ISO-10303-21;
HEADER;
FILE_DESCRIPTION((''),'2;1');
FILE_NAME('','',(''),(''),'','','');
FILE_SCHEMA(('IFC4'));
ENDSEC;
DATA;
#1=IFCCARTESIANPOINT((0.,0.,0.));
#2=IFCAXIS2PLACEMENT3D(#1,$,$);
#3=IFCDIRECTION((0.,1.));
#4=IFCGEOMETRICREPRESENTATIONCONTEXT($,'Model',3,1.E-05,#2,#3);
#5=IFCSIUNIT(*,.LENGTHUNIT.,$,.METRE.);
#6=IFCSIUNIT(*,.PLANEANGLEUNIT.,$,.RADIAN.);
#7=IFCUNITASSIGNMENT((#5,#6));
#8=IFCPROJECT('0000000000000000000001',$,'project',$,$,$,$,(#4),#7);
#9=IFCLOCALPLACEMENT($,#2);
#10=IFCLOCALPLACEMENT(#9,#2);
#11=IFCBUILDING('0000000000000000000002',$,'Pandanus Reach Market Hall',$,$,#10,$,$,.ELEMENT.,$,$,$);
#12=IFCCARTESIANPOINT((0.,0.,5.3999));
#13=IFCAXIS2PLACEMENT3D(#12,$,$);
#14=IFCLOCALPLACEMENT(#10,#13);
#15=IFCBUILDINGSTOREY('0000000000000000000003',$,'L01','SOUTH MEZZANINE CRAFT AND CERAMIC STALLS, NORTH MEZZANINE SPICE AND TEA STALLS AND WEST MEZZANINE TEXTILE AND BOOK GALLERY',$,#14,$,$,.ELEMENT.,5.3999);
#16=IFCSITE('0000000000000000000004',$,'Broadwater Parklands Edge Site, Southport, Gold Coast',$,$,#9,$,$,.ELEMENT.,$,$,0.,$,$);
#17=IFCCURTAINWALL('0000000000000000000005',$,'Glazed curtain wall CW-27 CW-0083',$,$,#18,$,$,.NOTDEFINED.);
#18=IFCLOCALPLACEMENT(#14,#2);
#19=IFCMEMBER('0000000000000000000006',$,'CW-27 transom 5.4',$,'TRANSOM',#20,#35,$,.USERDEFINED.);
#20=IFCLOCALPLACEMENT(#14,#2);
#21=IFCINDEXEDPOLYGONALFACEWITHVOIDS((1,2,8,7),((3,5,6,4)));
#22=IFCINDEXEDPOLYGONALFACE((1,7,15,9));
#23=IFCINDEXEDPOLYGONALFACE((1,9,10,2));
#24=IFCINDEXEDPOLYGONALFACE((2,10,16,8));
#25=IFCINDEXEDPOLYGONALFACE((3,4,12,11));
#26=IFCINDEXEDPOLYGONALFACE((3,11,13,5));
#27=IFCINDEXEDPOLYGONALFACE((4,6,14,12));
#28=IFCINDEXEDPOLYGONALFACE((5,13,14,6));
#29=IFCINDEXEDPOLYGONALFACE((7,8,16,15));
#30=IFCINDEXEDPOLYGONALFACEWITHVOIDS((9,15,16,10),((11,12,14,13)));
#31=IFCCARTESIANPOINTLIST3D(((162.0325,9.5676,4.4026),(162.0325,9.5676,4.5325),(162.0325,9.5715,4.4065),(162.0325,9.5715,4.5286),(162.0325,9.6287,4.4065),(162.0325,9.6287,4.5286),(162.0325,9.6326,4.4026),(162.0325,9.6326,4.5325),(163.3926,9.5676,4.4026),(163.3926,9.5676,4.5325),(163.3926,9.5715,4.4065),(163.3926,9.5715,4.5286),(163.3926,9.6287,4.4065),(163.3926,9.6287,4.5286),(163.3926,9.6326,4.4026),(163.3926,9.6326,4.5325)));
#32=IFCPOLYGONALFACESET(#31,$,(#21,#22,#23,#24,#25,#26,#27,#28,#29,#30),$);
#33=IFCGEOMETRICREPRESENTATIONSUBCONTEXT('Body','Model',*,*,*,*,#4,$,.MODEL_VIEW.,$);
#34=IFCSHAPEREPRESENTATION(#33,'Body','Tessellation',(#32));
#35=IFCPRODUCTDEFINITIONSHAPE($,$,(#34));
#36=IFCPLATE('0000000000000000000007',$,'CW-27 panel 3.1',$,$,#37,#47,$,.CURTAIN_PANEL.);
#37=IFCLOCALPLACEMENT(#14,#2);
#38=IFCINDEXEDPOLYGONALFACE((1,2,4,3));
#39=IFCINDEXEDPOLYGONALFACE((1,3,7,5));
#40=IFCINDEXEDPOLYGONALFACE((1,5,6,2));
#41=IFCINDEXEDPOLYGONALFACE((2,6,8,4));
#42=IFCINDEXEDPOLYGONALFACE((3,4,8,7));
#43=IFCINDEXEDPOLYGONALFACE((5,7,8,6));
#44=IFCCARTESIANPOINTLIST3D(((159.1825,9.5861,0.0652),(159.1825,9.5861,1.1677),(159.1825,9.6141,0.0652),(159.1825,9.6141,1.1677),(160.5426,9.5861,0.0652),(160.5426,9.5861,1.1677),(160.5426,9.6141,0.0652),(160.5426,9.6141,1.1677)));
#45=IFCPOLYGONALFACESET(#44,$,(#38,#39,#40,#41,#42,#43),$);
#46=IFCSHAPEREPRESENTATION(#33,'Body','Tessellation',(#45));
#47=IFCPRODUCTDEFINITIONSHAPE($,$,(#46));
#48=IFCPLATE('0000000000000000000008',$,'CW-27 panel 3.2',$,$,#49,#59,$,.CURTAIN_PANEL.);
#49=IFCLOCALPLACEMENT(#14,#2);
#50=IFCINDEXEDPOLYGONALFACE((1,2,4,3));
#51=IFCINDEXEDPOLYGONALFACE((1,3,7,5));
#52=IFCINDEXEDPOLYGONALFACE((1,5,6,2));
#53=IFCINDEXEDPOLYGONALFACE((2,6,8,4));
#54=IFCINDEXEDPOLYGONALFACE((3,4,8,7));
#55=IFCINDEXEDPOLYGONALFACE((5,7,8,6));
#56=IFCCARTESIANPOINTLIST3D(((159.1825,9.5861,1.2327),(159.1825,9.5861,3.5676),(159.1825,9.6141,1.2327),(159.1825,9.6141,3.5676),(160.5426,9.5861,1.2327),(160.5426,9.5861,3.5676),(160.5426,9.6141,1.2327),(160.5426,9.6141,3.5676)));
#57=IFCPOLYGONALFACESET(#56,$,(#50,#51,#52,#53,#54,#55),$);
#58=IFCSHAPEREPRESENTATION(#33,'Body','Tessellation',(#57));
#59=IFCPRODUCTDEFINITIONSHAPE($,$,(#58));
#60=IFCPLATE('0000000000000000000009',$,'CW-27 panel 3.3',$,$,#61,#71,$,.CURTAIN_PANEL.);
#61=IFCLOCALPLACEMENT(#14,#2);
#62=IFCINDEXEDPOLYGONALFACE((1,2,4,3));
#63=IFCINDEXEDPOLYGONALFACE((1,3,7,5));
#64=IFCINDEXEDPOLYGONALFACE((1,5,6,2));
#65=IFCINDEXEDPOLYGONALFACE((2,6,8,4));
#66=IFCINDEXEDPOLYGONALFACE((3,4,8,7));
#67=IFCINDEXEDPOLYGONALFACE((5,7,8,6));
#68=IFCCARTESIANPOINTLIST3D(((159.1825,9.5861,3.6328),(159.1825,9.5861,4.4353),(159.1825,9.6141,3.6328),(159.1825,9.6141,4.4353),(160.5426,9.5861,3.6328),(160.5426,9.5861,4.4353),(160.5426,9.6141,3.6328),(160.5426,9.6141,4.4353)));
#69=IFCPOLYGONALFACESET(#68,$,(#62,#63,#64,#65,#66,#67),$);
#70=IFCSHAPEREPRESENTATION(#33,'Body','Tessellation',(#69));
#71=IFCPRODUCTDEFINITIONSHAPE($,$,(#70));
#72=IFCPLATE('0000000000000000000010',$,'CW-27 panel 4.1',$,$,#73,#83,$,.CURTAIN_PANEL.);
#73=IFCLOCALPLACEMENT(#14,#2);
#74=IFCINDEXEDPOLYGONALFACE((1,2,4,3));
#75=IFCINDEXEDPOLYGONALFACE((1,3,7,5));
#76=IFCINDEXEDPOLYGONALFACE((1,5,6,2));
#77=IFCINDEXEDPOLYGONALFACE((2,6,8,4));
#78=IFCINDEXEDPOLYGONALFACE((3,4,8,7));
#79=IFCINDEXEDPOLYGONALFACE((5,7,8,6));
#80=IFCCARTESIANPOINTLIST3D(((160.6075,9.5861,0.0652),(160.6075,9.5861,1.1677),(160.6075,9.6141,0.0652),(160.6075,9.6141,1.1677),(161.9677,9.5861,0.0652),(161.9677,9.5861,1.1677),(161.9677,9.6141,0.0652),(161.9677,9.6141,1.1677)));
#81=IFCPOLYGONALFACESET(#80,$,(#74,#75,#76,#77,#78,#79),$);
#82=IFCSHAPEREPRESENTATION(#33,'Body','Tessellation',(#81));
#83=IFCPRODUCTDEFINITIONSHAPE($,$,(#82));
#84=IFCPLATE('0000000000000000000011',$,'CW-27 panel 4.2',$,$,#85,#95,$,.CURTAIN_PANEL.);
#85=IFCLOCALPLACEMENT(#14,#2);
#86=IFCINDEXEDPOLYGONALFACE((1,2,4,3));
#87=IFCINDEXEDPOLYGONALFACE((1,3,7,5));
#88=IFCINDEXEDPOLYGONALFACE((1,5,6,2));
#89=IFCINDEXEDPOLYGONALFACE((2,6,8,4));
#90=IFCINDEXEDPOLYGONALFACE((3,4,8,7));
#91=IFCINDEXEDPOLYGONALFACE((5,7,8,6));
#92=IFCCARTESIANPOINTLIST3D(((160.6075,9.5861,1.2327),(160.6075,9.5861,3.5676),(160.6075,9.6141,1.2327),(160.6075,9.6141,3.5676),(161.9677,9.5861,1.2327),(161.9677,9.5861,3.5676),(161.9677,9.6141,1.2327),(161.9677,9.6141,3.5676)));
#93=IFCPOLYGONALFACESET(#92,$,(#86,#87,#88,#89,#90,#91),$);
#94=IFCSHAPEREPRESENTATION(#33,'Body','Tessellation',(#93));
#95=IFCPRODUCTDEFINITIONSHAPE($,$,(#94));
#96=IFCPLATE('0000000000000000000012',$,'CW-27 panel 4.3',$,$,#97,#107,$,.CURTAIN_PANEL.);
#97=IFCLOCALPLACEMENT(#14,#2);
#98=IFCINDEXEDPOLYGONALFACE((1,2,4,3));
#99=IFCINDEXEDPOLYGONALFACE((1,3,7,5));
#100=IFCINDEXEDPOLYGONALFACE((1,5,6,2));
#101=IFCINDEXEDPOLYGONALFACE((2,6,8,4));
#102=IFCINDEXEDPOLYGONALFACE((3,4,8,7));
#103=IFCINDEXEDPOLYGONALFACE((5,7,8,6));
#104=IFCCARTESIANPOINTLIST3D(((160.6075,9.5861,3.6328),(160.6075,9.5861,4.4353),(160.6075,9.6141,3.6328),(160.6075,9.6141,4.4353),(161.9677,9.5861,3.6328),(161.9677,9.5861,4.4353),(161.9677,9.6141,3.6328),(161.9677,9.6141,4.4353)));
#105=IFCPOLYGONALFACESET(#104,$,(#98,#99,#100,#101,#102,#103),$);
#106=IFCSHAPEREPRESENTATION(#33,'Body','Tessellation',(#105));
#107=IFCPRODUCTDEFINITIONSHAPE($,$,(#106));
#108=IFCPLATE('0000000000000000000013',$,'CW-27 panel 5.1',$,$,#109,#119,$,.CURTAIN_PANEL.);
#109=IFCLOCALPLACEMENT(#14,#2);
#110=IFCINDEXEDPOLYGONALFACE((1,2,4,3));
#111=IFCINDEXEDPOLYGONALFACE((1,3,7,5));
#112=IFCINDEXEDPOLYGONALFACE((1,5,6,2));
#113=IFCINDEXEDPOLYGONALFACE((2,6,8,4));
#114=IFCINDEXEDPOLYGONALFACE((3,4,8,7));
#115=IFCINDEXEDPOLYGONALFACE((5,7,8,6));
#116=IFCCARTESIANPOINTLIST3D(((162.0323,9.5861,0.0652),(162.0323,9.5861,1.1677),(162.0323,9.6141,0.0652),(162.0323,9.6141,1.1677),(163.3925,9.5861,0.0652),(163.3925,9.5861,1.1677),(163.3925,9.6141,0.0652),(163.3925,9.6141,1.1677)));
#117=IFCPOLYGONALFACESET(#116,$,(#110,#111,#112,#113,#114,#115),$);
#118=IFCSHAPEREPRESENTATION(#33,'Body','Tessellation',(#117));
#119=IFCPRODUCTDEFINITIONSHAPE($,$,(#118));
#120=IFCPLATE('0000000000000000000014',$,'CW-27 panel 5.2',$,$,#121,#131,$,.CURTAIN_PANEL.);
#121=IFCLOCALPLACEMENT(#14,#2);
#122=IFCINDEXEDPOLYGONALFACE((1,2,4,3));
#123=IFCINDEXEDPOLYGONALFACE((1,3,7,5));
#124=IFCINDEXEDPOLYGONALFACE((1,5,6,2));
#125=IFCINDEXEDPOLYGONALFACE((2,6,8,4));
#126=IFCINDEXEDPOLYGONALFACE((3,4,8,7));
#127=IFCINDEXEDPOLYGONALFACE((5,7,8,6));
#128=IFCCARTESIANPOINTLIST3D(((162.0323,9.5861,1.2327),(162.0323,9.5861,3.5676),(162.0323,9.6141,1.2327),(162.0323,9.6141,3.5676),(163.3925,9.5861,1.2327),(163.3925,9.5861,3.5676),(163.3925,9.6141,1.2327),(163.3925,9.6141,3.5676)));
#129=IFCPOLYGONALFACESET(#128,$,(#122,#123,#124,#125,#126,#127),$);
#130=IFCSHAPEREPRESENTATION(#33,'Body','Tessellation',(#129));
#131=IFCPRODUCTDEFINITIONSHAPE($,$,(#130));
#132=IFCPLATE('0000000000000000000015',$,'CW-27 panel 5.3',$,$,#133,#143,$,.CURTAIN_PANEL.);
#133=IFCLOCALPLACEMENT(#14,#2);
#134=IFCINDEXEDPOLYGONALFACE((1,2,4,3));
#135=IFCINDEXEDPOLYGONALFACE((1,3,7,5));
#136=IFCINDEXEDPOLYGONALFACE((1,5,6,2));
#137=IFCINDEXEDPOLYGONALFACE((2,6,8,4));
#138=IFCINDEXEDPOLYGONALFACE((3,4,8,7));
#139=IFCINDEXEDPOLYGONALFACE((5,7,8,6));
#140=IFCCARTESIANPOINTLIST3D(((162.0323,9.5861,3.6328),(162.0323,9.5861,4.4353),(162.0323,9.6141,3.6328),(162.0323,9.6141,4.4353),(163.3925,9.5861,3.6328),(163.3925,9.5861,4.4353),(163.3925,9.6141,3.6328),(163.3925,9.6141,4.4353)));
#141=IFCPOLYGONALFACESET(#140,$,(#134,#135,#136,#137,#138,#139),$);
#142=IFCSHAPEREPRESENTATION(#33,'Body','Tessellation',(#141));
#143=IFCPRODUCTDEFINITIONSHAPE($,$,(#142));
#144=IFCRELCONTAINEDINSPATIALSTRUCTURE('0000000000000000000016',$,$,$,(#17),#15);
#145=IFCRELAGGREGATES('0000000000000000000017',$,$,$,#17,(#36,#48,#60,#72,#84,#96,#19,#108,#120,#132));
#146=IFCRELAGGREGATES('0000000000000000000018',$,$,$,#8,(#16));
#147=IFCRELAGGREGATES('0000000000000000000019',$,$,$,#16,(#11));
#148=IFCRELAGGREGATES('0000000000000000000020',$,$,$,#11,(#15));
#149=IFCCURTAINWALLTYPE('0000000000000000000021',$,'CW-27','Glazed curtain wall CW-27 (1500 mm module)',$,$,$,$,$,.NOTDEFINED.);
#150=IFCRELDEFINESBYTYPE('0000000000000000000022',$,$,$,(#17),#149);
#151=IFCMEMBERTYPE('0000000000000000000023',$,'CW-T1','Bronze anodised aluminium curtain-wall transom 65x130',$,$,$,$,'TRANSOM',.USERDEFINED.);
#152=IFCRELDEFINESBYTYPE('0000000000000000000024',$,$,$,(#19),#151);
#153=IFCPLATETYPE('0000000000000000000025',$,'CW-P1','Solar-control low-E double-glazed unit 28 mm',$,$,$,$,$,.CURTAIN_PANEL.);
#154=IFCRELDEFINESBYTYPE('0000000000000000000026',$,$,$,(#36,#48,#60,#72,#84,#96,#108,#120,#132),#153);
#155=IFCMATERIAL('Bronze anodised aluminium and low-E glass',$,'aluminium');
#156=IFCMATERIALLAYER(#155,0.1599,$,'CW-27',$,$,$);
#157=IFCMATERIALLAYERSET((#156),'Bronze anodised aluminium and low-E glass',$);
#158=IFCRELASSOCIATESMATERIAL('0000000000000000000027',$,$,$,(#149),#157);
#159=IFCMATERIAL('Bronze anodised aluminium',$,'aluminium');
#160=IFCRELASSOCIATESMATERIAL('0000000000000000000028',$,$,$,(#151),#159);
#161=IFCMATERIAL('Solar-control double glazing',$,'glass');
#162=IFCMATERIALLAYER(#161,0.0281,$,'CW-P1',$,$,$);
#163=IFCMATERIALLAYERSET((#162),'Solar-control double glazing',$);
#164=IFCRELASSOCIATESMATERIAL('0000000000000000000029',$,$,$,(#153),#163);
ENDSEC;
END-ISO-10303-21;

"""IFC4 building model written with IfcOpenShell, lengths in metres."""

from ifc_helpers import new_model, si_unit, direction, frame, origin, origin_2d, place, context, subcontext, project, spatial, rectangle, hollow_rectangle, extrude, material, layer, layer_set, material_profile, profile_set, type_object, element, aggregate, save


model = new_model("IFC4")

# Units and contexts
model_context = context("Model", 3, precision=1e-05, world=origin(), true_north=direction((0.0, 1.0)))
body_context = subcontext(model_context, "Body", "Model", "MODEL_VIEW")
ifc_project = project(units=[si_unit("LENGTHUNIT", "METRE"), si_unit("PLANEANGLEUNIT", "RADIAN")], contexts=[model_context])

# Site, building, storey
site_placement = place(None, origin())
site = spatial("IfcSite", under=ifc_project, at=site_placement, Name="Broadwater Parklands Edge Site, Southport, Gold Coast", CompositionType="ELEMENT", RefElevation=0.0)
building_placement = place(site_placement, origin())
building = spatial("IfcBuilding", under=site, at=building_placement, Name="Pandanus Reach Market Hall", CompositionType="ELEMENT")
storey_placement = place(building_placement, frame((0.0, 0.0, 5.3999)))
storey = spatial("IfcBuildingStorey", under=building, at=storey_placement, Name="L01", Description="SOUTH MEZZANINE CRAFT AND CERAMIC STALLS, NORTH MEZZANINE SPICE AND TEA STALLS AND WEST MEZZANINE TEXTILE AND BOOK GALLERY", CompositionType="ELEMENT", Elevation=5.3999)

# Curtain wall, member, plates
ifc_material_1 = material(Name="Bronze anodised aluminium and low-E glass", Category="aluminium")
ifc_layer_1 = layer(ifc_material_1, 0.1599, Name="CW-27")
ifc_layer_set_1 = layer_set([ifc_layer_1], Name="Bronze anodised aluminium and low-E glass")
curtain_wall_type = type_object("IfcCurtainWallType", Name="CW-27", Description="Glazed curtain wall CW-27 (1500 mm module)", PredefinedType="NOTDEFINED", material=ifc_layer_set_1)
curtain_wall_placement = place(storey_placement, origin())
curtain_wall = element("IfcCurtainWall", 1, at=curtain_wall_placement, inside=storey, type_object=curtain_wall_type, Name="Glazed curtain wall CW-27 CW-0083", PredefinedType="NOTDEFINED")
ifc_material_2 = material(Name="Bronze anodised aluminium", Category="aluminium")
ifc_material_profile_1 = material_profile(ifc_material_2, hollow_rectangle(XDim=0.0649, YDim=0.1299, WallThickness=0.0039, at=origin_2d()), Name="ALU65x130", Category="LoadBearing")
ifc_profile_set_1 = profile_set([ifc_material_profile_1], Name="Bronze anodised aluminium")
member_type_1 = type_object("IfcMemberType", Name="CW-T1", Description="Bronze anodised aluminium curtain-wall transom 65x130", ElementType="TRANSOM", PredefinedType="USERDEFINED", material=ifc_profile_set_1)
member_1_placement = place(storey_placement, frame((162.0325, 9.6001, 4.4675), z_axis=(1.0, 0.0, 0.0), x_axis=(0.0, 1.0, 0.0)))
member_1 = element("IfcMember", 2, at=member_1_placement, type_object=member_type_1, Name="CW-27 transom 5.4", ObjectType="TRANSOM", PredefinedType="USERDEFINED", context=body_context, shape_type="SweptSolid", body=[
    extrude(hollow_rectangle(XDim=0.0649, YDim=0.1299, WallThickness=0.0039, at=origin_2d()), origin(), (0.0, 0.0, 1.0), 1.3601),
])
ifc_material_3 = material(Name="Solar-control double glazing", Category="glass")
ifc_layer_2 = layer(ifc_material_3, 0.0281, Name="CW-P1")
ifc_layer_set_2 = layer_set([ifc_layer_2], Name="Solar-control double glazing")
plate_type = type_object("IfcPlateType", Name="CW-P1", Description="Solar-control low-E double-glazed unit 28 mm", PredefinedType="CURTAIN_PANEL", material=ifc_layer_set_2)
plate_1_placement = place(storey_placement, frame((159.8625, 9.6001, 0.0652), z_axis=(0.0, 0.0, 1.0), x_axis=(1.0, 0.0, 0.0)))
plate_1 = element("IfcPlate", 3, at=plate_1_placement, type_object=plate_type, Name="CW-27 panel 3.1", PredefinedType="CURTAIN_PANEL", context=body_context, shape_type="SweptSolid", body=[
    extrude(rectangle(XDim=1.3601, YDim=0.0281, at=origin_2d()), origin(), (0.0, 0.0, 1.0), 1.1025),
])
plate_2_placement = place(storey_placement, frame((159.8625, 9.6001, 1.2327), z_axis=(0.0, 0.0, 1.0), x_axis=(1.0, 0.0, 0.0)))
plate_2 = element("IfcPlate", 4, at=plate_2_placement, type_object=plate_type, Name="CW-27 panel 3.2", PredefinedType="CURTAIN_PANEL", context=body_context, shape_type="SweptSolid", body=[
    extrude(rectangle(XDim=1.3601, YDim=0.0281, at=origin_2d()), origin(), (0.0, 0.0, 1.0), 2.335),
])
plate_3_placement = place(storey_placement, frame((159.8625, 9.6001, 3.6328), z_axis=(0.0, 0.0, 1.0), x_axis=(1.0, 0.0, 0.0)))
plate_3 = element("IfcPlate", 5, at=plate_3_placement, type_object=plate_type, Name="CW-27 panel 3.3", PredefinedType="CURTAIN_PANEL", context=body_context, shape_type="SweptSolid", body=[
    extrude(rectangle(XDim=1.3601, YDim=0.0281, at=origin_2d()), origin(), (0.0, 0.0, 1.0), 0.8025),
])
plate_4_placement = place(storey_placement, frame((161.2876, 9.6001, 0.0652), z_axis=(0.0, 0.0, 1.0), x_axis=(1.0, 0.0, 0.0)))
plate_4 = element("IfcPlate", 6, at=plate_4_placement, type_object=plate_type, Name="CW-27 panel 4.1", PredefinedType="CURTAIN_PANEL", context=body_context, shape_type="SweptSolid", body=[
    extrude(rectangle(XDim=1.3601, YDim=0.0281, at=origin_2d()), origin(), (0.0, 0.0, 1.0), 1.1025),
])
plate_5_placement = place(storey_placement, frame((161.2876, 9.6001, 1.2327), z_axis=(0.0, 0.0, 1.0), x_axis=(1.0, 0.0, 0.0)))
plate_5 = element("IfcPlate", 7, at=plate_5_placement, type_object=plate_type, Name="CW-27 panel 4.2", PredefinedType="CURTAIN_PANEL", context=body_context, shape_type="SweptSolid", body=[
    extrude(rectangle(XDim=1.3601, YDim=0.0281, at=origin_2d()), origin(), (0.0, 0.0, 1.0), 2.335),
])
plate_6_placement = place(storey_placement, frame((161.2876, 9.6001, 3.6328), z_axis=(0.0, 0.0, 1.0), x_axis=(1.0, 0.0, 0.0)))
plate_6 = element("IfcPlate", 8, at=plate_6_placement, type_object=plate_type, Name="CW-27 panel 4.3", PredefinedType="CURTAIN_PANEL", context=body_context, shape_type="SweptSolid", body=[
    extrude(rectangle(XDim=1.3601, YDim=0.0281, at=origin_2d()), origin(), (0.0, 0.0, 1.0), 0.8025),
])
plate_7_placement = place(storey_placement, frame((162.7124, 9.6001, 0.0652), z_axis=(0.0, 0.0, 1.0), x_axis=(1.0, 0.0, 0.0)))
plate_7 = element("IfcPlate", 9, at=plate_7_placement, type_object=plate_type, Name="CW-27 panel 5.1", PredefinedType="CURTAIN_PANEL", context=body_context, shape_type="SweptSolid", body=[
    extrude(rectangle(XDim=1.3601, YDim=0.0281, at=origin_2d()), origin(), (0.0, 0.0, 1.0), 1.1025),
])
plate_8_placement = place(storey_placement, frame((162.7124, 9.6001, 1.2327), z_axis=(0.0, 0.0, 1.0), x_axis=(1.0, 0.0, 0.0)))
plate_8 = element("IfcPlate", 10, at=plate_8_placement, type_object=plate_type, Name="CW-27 panel 5.2", PredefinedType="CURTAIN_PANEL", context=body_context, shape_type="SweptSolid", body=[
    extrude(rectangle(XDim=1.3601, YDim=0.0281, at=origin_2d()), origin(), (0.0, 0.0, 1.0), 2.335),
])
plate_9_placement = place(storey_placement, frame((162.7124, 9.6001, 3.6328), z_axis=(0.0, 0.0, 1.0), x_axis=(1.0, 0.0, 0.0)))
plate_9 = element("IfcPlate", 11, at=plate_9_placement, type_object=plate_type, Name="CW-27 panel 5.3", PredefinedType="CURTAIN_PANEL", context=body_context, shape_type="SweptSolid", body=[
    extrude(rectangle(XDim=1.3601, YDim=0.0281, at=origin_2d()), origin(), (0.0, 0.0, 1.0), 0.8025),
])
aggregate(curtain_wall, [plate_1, plate_2, plate_3, plate_4, plate_5, plate_6, member_1, plate_7, plate_8, plate_9])

save(model, "model.ifc")
